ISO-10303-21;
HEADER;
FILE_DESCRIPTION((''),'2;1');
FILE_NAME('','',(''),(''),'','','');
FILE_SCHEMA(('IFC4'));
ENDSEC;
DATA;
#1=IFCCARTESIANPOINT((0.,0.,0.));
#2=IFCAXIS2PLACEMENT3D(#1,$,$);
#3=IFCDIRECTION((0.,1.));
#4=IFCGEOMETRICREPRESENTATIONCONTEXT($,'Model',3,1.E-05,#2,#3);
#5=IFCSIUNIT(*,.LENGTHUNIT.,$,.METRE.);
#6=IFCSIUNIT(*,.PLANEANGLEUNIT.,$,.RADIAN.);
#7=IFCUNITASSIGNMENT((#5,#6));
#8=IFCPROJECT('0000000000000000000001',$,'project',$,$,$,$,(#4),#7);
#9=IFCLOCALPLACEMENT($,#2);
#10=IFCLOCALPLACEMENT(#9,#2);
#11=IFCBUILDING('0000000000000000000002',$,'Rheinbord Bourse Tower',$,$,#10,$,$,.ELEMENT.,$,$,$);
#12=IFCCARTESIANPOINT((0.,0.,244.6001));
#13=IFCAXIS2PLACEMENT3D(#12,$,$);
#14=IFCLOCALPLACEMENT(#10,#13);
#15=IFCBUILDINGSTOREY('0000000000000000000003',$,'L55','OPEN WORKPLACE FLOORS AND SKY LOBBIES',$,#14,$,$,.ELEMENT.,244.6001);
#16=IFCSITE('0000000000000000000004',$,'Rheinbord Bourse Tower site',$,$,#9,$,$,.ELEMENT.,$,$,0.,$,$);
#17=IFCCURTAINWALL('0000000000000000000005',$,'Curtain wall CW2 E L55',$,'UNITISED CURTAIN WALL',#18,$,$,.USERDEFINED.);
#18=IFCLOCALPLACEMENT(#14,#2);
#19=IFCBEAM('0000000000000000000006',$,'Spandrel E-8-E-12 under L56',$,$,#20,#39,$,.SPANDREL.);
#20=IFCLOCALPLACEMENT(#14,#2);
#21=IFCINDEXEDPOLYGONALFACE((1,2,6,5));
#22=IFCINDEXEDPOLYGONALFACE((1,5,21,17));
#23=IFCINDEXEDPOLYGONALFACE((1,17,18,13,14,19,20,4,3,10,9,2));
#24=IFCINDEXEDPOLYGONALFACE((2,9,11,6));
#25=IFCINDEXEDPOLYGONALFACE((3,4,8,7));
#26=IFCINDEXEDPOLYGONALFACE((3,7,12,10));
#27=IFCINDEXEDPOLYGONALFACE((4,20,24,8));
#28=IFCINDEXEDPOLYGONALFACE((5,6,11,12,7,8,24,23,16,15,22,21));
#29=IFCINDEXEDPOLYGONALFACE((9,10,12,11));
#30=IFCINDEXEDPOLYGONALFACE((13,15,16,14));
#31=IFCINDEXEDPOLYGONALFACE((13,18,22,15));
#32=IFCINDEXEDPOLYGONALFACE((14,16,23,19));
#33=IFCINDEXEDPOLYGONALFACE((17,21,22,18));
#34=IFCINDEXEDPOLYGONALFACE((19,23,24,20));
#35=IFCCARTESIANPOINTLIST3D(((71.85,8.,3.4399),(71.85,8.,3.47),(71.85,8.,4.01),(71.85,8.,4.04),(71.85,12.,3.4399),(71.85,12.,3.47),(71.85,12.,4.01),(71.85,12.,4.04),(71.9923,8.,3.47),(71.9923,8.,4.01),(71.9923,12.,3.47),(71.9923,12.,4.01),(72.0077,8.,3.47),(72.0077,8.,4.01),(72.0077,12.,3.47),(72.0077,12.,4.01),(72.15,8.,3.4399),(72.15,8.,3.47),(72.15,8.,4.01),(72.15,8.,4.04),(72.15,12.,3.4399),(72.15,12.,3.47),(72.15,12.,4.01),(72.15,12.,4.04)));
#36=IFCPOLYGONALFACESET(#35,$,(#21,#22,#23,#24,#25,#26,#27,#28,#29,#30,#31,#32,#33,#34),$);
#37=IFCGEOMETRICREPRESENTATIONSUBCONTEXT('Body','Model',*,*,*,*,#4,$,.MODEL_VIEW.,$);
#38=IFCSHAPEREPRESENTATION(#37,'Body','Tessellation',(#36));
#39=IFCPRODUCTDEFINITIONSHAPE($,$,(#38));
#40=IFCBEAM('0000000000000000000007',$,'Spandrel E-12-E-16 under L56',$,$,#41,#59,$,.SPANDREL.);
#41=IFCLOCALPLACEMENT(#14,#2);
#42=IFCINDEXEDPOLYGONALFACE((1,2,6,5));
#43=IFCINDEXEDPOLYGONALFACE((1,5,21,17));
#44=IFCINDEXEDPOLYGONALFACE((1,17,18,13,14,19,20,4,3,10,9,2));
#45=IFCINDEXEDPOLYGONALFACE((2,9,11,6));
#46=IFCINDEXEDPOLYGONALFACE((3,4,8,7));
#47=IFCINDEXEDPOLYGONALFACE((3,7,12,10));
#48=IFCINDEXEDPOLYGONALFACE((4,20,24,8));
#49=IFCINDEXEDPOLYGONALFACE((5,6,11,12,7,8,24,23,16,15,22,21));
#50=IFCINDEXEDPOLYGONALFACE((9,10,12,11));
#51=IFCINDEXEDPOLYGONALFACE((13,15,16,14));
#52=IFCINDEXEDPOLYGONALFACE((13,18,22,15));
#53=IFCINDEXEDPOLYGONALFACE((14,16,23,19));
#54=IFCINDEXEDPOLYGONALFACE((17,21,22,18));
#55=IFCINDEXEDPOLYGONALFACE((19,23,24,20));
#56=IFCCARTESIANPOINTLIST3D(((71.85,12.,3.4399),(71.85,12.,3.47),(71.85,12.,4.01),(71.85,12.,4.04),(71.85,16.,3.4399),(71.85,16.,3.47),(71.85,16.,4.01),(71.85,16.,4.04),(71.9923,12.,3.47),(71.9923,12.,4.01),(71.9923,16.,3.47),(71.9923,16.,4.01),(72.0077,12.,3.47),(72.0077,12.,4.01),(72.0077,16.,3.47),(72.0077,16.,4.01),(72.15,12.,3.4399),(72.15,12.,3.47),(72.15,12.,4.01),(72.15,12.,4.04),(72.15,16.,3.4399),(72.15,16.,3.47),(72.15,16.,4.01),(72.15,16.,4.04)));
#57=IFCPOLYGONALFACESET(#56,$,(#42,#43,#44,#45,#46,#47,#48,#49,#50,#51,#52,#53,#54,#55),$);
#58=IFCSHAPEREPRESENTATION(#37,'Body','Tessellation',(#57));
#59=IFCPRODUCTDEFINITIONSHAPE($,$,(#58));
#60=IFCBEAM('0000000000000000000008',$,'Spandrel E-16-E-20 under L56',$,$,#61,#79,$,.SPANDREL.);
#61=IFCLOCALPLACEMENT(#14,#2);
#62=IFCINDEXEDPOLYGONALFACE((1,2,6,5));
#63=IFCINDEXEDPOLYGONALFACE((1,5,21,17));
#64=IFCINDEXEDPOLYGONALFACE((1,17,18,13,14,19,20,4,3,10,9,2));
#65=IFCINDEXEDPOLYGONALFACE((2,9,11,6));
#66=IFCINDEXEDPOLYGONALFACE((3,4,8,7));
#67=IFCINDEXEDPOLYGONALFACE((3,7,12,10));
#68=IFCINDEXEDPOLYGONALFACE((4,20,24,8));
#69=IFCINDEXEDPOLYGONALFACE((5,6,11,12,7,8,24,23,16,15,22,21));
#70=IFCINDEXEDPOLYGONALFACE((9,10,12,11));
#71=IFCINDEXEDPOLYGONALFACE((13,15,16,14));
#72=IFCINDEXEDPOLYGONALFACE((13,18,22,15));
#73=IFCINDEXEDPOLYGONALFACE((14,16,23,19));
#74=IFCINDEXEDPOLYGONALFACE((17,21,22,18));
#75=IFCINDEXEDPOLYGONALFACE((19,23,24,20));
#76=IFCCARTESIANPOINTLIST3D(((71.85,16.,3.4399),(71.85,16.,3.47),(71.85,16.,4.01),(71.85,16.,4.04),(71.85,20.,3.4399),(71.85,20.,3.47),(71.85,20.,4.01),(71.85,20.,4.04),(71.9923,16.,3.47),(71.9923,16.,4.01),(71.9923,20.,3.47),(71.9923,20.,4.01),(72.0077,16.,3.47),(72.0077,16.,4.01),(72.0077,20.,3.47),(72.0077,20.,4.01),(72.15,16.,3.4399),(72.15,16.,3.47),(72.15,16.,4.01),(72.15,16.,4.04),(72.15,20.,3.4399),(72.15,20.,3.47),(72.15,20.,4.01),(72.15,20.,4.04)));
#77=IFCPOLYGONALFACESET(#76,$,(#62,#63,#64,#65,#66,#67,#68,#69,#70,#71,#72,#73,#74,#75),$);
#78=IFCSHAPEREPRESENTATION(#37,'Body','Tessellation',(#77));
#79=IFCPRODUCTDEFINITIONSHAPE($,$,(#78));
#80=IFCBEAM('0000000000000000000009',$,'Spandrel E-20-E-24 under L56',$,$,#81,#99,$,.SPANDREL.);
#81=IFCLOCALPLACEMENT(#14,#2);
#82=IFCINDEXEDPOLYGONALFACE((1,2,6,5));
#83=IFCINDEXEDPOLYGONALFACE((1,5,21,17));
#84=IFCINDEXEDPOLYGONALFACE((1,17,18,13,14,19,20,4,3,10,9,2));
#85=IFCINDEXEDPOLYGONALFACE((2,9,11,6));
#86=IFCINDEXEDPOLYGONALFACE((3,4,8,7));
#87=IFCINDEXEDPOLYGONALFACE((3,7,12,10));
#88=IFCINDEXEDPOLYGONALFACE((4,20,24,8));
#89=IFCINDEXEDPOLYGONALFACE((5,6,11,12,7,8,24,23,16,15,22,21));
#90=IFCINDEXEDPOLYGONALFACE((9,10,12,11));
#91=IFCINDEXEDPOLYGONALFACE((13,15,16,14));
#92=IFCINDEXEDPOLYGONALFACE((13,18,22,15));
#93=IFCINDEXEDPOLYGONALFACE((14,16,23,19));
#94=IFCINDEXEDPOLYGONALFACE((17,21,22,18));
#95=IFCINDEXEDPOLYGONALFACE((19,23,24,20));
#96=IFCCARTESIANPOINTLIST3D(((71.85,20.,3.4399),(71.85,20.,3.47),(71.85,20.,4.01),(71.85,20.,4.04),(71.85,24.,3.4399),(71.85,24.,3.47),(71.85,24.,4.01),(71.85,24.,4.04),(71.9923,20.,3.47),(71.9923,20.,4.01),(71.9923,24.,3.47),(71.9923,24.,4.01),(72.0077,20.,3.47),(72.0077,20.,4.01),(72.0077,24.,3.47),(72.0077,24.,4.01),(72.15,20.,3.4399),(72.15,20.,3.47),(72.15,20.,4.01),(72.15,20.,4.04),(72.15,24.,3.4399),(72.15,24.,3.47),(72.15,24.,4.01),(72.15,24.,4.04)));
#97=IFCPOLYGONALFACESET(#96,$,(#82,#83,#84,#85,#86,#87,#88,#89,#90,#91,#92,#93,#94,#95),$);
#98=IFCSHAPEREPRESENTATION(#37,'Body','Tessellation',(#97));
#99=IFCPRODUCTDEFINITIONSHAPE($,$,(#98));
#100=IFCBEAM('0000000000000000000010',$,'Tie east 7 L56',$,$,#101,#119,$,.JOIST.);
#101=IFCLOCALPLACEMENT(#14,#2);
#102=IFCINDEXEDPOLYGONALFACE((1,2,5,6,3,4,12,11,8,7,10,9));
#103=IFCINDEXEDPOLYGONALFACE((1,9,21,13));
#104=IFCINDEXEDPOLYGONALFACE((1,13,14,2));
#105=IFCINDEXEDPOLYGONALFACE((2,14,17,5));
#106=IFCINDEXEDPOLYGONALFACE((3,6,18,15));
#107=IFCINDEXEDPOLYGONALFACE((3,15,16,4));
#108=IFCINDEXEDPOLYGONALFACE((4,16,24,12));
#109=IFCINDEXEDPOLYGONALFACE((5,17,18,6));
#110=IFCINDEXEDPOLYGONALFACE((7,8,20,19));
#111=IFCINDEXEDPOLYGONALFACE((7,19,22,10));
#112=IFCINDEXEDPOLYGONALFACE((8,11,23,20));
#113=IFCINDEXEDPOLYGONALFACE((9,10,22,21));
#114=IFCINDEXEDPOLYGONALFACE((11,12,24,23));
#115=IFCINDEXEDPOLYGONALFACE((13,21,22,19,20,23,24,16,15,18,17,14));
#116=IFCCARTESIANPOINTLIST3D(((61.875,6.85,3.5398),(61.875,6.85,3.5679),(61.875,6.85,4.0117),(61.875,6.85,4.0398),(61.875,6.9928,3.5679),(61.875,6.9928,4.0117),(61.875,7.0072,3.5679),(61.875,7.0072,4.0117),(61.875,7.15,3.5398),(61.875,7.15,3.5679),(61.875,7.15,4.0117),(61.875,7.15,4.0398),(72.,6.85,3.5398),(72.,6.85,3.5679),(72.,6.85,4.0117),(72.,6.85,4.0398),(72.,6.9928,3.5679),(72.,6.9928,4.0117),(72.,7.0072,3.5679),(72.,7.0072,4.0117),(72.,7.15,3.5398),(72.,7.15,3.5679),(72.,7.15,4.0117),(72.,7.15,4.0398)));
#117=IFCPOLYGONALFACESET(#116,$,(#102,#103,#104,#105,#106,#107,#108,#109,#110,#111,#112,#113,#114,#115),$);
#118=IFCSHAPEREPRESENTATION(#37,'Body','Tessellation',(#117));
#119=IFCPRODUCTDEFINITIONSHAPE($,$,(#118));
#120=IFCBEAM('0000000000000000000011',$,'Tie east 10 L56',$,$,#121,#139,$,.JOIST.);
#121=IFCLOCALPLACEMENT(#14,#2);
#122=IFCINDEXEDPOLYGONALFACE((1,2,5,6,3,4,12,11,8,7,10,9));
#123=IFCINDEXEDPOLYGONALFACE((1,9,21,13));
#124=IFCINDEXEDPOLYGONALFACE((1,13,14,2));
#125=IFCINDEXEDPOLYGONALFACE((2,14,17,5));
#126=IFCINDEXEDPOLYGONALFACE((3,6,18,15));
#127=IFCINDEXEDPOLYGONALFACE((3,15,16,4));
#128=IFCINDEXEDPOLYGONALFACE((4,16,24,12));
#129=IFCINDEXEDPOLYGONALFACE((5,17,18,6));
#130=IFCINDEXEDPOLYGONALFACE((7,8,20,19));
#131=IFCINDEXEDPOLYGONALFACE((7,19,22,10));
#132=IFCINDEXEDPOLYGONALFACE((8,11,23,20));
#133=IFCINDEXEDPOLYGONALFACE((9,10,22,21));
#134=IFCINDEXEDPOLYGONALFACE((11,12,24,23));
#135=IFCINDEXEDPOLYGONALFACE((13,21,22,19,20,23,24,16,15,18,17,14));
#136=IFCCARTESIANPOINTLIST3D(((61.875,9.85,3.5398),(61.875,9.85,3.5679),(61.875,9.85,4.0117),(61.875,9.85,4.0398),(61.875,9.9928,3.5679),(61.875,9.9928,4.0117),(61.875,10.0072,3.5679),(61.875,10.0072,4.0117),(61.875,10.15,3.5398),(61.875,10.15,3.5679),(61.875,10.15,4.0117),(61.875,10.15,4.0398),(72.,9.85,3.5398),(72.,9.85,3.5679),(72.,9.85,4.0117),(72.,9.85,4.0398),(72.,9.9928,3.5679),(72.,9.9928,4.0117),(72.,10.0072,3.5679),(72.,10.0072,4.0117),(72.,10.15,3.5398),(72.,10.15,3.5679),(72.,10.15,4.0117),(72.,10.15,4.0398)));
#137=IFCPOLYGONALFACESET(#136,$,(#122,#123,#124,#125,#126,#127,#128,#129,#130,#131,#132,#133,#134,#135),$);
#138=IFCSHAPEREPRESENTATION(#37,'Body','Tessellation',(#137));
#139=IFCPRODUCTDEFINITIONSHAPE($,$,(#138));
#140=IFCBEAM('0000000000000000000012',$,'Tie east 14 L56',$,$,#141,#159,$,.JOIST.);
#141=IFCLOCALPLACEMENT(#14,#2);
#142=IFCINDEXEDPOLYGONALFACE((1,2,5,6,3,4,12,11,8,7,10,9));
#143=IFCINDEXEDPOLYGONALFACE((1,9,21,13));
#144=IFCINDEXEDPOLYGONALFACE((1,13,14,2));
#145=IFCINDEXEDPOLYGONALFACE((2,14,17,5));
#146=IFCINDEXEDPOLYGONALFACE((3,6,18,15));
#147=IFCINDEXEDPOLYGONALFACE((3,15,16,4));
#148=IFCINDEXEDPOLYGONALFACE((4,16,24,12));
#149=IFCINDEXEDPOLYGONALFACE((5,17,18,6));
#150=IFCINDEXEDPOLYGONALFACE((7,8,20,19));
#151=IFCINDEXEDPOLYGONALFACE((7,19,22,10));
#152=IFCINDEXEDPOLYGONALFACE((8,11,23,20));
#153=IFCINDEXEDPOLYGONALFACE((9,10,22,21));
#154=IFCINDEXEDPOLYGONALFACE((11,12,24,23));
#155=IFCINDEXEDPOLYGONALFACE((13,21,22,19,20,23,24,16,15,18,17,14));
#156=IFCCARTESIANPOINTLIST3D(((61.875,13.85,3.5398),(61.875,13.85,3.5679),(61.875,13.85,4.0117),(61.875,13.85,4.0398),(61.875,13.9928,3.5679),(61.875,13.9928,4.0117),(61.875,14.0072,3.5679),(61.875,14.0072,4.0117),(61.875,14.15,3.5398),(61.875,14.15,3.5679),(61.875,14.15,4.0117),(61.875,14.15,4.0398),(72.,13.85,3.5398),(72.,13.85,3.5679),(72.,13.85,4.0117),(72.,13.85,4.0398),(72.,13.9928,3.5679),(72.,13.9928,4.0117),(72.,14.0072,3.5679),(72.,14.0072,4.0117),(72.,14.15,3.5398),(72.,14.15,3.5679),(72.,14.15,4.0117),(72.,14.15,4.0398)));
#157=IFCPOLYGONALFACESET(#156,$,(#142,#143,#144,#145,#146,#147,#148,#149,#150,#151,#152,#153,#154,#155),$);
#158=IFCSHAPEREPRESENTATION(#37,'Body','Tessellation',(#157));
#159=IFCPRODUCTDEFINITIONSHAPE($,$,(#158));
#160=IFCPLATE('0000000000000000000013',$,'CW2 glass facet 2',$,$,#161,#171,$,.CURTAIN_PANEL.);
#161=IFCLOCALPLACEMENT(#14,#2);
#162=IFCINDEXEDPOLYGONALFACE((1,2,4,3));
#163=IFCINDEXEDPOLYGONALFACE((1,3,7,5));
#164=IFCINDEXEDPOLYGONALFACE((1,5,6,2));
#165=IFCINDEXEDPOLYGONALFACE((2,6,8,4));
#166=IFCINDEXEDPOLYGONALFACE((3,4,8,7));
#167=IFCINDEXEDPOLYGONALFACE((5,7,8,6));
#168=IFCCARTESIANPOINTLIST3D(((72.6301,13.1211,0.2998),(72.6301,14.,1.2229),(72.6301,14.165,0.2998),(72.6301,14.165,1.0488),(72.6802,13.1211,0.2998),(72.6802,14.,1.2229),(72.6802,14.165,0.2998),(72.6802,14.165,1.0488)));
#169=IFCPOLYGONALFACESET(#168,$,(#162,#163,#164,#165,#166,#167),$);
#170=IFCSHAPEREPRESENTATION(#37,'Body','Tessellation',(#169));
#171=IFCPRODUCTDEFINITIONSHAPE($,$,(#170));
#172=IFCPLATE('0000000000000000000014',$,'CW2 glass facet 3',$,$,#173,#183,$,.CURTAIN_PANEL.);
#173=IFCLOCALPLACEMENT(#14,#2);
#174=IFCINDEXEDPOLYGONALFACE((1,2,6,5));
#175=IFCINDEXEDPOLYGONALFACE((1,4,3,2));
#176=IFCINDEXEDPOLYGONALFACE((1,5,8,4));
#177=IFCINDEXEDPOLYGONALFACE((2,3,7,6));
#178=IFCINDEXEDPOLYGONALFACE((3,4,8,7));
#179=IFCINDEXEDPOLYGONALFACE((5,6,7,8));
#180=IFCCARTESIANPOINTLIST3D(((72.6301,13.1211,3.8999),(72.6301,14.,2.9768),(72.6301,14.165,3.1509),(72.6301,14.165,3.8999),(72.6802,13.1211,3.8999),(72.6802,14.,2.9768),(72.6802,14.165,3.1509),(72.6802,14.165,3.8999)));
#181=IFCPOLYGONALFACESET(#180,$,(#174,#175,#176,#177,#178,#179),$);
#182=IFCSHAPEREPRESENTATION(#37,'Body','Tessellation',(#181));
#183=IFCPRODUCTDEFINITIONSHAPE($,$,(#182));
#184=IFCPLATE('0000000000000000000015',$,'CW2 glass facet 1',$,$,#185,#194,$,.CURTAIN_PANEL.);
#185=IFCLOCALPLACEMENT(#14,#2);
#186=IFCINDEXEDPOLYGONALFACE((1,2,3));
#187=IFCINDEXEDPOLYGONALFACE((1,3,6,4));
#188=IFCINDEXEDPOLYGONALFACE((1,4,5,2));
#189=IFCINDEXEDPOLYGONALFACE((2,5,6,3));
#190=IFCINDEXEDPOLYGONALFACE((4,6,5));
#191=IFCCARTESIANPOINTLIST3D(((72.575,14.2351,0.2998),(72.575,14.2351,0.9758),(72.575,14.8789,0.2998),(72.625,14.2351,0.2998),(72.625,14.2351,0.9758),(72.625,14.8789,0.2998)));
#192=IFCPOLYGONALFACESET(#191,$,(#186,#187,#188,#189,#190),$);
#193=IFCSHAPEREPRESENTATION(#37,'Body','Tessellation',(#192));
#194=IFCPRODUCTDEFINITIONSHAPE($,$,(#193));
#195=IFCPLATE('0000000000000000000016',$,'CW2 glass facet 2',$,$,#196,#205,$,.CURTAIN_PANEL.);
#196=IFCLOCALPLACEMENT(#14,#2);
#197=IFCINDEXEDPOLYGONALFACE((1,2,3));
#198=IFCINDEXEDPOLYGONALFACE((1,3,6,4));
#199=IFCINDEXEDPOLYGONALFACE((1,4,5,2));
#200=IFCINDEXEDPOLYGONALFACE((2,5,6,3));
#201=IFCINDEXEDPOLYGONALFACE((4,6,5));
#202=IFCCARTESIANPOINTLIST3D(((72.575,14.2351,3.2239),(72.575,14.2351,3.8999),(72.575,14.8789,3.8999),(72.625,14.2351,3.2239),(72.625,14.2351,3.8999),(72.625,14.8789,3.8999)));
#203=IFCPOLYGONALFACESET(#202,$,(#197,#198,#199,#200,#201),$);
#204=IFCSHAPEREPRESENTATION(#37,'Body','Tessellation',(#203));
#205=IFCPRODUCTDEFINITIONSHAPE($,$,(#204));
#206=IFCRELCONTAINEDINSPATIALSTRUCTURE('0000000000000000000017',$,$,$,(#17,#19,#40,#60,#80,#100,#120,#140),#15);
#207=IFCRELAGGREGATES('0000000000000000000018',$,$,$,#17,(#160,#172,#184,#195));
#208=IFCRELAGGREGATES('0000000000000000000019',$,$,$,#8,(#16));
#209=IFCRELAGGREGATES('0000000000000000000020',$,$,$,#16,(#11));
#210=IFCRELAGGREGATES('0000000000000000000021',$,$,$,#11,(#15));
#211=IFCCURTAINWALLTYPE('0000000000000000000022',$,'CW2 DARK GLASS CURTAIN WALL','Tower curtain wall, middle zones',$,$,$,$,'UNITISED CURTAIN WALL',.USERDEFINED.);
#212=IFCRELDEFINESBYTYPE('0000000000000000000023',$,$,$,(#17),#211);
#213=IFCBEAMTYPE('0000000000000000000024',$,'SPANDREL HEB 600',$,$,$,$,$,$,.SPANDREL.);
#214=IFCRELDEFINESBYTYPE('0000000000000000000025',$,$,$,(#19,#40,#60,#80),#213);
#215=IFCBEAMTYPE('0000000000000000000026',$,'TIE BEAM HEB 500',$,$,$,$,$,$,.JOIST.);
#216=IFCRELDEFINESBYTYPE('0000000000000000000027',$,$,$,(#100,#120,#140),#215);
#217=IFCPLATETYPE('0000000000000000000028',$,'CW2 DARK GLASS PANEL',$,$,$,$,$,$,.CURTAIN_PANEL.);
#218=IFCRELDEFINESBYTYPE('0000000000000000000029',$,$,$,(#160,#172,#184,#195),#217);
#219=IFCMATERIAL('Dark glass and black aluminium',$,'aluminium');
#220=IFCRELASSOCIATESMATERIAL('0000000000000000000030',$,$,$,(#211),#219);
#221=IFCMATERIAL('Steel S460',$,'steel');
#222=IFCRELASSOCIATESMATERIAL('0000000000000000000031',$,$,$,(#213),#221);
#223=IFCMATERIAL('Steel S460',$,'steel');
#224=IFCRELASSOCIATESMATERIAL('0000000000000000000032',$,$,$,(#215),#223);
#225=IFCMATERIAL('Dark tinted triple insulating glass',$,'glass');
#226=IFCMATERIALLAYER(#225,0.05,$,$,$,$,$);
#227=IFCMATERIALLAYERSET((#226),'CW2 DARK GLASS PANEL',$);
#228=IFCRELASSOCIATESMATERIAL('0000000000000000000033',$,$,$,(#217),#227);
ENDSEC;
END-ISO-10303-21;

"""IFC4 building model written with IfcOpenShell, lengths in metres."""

from ifc_helpers import new_model, si_unit, direction, frame, origin, origin_2d, place, context, subcontext, project, spatial, polyline, i_section, outline, extrude, material, layer, layer_set, material_profile, profile_set, type_object, element, aggregate, save


model = new_model("IFC4")

# Units and contexts
model_context = context("Model", 3, precision=1e-05, world=origin(), true_north=direction((0.0, 1.0)))
body_context = subcontext(model_context, "Body", "Model", "MODEL_VIEW")
ifc_project = project(units=[si_unit("LENGTHUNIT", "METRE"), si_unit("PLANEANGLEUNIT", "RADIAN")], contexts=[model_context])

# Site, building, storey
site_placement = place(None, origin())
site = spatial("IfcSite", under=ifc_project, at=site_placement, Name="Rheinbord Bourse Tower site", CompositionType="ELEMENT", RefElevation=0.0)
building_placement = place(site_placement, origin())
building = spatial("IfcBuilding", under=site, at=building_placement, Name="Rheinbord Bourse Tower", CompositionType="ELEMENT")
storey_placement = place(building_placement, frame((0.0, 0.0, 244.6001)))
storey = spatial("IfcBuildingStorey", under=building, at=storey_placement, Name="L55", Description="OPEN WORKPLACE FLOORS AND SKY LOBBIES", CompositionType="ELEMENT", Elevation=244.6001)

# Curtain wall
ifc_material_1 = material(Name="Dark glass and black aluminium", Category="aluminium")
curtain_wall_type = type_object("IfcCurtainWallType", Name="CW2 DARK GLASS CURTAIN WALL", Description="Tower curtain wall, middle zones", ElementType="UNITISED CURTAIN WALL", PredefinedType="USERDEFINED", material=ifc_material_1)
curtain_wall_placement = place(storey_placement, origin())
curtain_wall = element("IfcCurtainWall", 1, at=curtain_wall_placement, inside=storey, type_object=curtain_wall_type, Name="Curtain wall CW2 E L55", ObjectType="UNITISED CURTAIN WALL", PredefinedType="USERDEFINED")

# Beams
ifc_material_2 = material(Name="Steel S460", Category="steel")
ifc_material_profile_1 = material_profile(ifc_material_2, i_section(OverallWidth=0.3, OverallDepth=0.6001, WebThickness=0.0154, FlangeThickness=0.03, at=origin_2d()), Name="HEB 600")
ifc_profile_set_1 = profile_set([ifc_material_profile_1], Name="Steel S460")
beam_type_1 = type_object("IfcBeamType", Name="SPANDREL HEB 600", PredefinedType="SPANDREL", material=ifc_profile_set_1)
for number, where, z_axis, x_axis, name in (
    (2, (72.0, 8.0, 3.74), (0.0, 1.0, 0.0), (-1.0, 0.0, 0.0), "Spandrel E-8-E-12 under L56"),
    (3, (72.0, 12.0, 3.74), (0.0, 1.0, 0.0), (-1.0, 0.0, 0.0), "Spandrel E-12-E-16 under L56"),
    (4, (72.0, 16.0, 3.74), (0.0, 1.0, 0.0), (-1.0, 0.0, 0.0), "Spandrel E-16-E-20 under L56"),
    (5, (72.0, 20.0, 3.74), (0.0, 1.0, 0.0), (-1.0, 0.0, 0.0), "Spandrel E-20-E-24 under L56"),
):
    element("IfcBeam", number, at=place(storey_placement, frame(where, z_axis=z_axis, x_axis=x_axis)), inside=storey, type_object=beam_type_1, Name=name, PredefinedType="SPANDREL", context=body_context, shape_type="SweptSolid", body=[
        extrude(i_section(OverallWidth=0.3, OverallDepth=0.6001, WebThickness=0.0154, FlangeThickness=0.03, at=origin_2d()), origin(), (0.0, 0.0, 1.0), 4.0),
    ])
ifc_material_3 = material(Name="Steel S460", Category="steel")
ifc_material_profile_2 = material_profile(ifc_material_3, i_section(OverallWidth=0.3, OverallDepth=0.5, WebThickness=0.0144, FlangeThickness=0.0281, at=origin_2d()), Name="HEB 500")
ifc_profile_set_2 = profile_set([ifc_material_profile_2], Name="Steel S460")
beam_type_2 = type_object("IfcBeamType", Name="TIE BEAM HEB 500", PredefinedType="JOIST", material=ifc_profile_set_2)
for number, where, z_axis, x_axis, name in (
    (6, (61.875, 7.0, 3.7898), (1.0, 0.0, 0.0), (0.0, 1.0, 0.0), "Tie east 7 L56"),
    (7, (61.875, 10.0, 3.7898), (1.0, 0.0, 0.0), (0.0, 1.0, 0.0), "Tie east 10 L56"),
    (8, (61.875, 14.0, 3.7898), (1.0, 0.0, 0.0), (0.0, 1.0, 0.0), "Tie east 14 L56"),
):
    element("IfcBeam", number, at=place(storey_placement, frame(where, z_axis=z_axis, x_axis=x_axis)), inside=storey, type_object=beam_type_2, Name=name, PredefinedType="JOIST", context=body_context, shape_type="SweptSolid", body=[
        extrude(i_section(OverallWidth=0.3, OverallDepth=0.5, WebThickness=0.0144, FlangeThickness=0.0281, at=origin_2d()), origin(), (0.0, 0.0, 1.0), 10.125),
    ])

# Plates
ifc_material_4 = material(Name="Dark tinted triple insulating glass", Category="glass")
ifc_layer_1 = layer(ifc_material_4, 0.05)
ifc_layer_set_1 = layer_set([ifc_layer_1], Name="CW2 DARK GLASS PANEL")
plate_type = type_object("IfcPlateType", Name="CW2 DARK GLASS PANEL", PredefinedType="CURTAIN_PANEL", material=ifc_layer_set_1)
plate_1_placement = place(storey_placement, frame((72.6802, 14.165, 0.2998), z_axis=(-1.0, 0.0, 0.0), x_axis=(0.0, -1.0, 0.0)))
plate_1 = element("IfcPlate", 9, at=plate_1_placement, type_object=plate_type, Name="CW2 glass facet 2", PredefinedType="CURTAIN_PANEL", context=body_context, shape_type="SweptSolid", body=[
    extrude(outline(polyline([(0.0, 0.0), (1.0439, 0.0), (0.165, 0.9231), (0.0, 0.749), (0.0, 0.0)])), origin(), (0.0, 0.0, 1.0), 0.05),
])
plate_2_placement = place(storey_placement, frame((72.6802, 14.165, 3.8999), z_axis=(-1.0, 0.0, 0.0), x_axis=(0.0, 0.0, -1.0)))
plate_2 = element("IfcPlate", 10, at=plate_2_placement, type_object=plate_type, Name="CW2 glass facet 3", PredefinedType="CURTAIN_PANEL", context=body_context, shape_type="SweptSolid", body=[
    extrude(outline(polyline([(0.0, 0.0), (0.749, 0.0), (0.9231, 0.165), (0.0, 1.0439), (0.0, 0.0)])), origin(), (0.0, 0.0, 1.0), 0.05),
])
plate_3_placement = place(storey_placement, frame((72.625, 14.2351, 0.2998), z_axis=(-1.0, 0.0, 0.0), x_axis=(0.0, 0.0, 1.0)))
plate_3 = element("IfcPlate", 11, at=plate_3_placement, type_object=plate_type, Name="CW2 glass facet 1", PredefinedType="CURTAIN_PANEL", context=body_context, shape_type="SweptSolid", body=[
    extrude(outline(polyline([(0.0, 0.0), (0.676, 0.0), (0.0, 0.6438), (0.0, 0.0)])), origin(), (0.0, 0.0, 1.0), 0.05),
])
plate_4_placement = place(storey_placement, frame((72.625, 14.2351, 3.8999), z_axis=(-1.0, 0.0, 0.0), x_axis=(0.0, 1.0, 0.0)))
plate_4 = element("IfcPlate", 12, at=plate_4_placement, type_object=plate_type, Name="CW2 glass facet 2", PredefinedType="CURTAIN_PANEL", context=body_context, shape_type="SweptSolid", body=[
    extrude(outline(polyline([(0.0, 0.0), (0.6438, 0.0), (0.0, 0.676), (0.0, 0.0)])), origin(), (0.0, 0.0, 1.0), 0.05),
])
aggregate(curtain_wall, [plate_1, plate_2, plate_3, plate_4])

save(model, "model.ifc")
